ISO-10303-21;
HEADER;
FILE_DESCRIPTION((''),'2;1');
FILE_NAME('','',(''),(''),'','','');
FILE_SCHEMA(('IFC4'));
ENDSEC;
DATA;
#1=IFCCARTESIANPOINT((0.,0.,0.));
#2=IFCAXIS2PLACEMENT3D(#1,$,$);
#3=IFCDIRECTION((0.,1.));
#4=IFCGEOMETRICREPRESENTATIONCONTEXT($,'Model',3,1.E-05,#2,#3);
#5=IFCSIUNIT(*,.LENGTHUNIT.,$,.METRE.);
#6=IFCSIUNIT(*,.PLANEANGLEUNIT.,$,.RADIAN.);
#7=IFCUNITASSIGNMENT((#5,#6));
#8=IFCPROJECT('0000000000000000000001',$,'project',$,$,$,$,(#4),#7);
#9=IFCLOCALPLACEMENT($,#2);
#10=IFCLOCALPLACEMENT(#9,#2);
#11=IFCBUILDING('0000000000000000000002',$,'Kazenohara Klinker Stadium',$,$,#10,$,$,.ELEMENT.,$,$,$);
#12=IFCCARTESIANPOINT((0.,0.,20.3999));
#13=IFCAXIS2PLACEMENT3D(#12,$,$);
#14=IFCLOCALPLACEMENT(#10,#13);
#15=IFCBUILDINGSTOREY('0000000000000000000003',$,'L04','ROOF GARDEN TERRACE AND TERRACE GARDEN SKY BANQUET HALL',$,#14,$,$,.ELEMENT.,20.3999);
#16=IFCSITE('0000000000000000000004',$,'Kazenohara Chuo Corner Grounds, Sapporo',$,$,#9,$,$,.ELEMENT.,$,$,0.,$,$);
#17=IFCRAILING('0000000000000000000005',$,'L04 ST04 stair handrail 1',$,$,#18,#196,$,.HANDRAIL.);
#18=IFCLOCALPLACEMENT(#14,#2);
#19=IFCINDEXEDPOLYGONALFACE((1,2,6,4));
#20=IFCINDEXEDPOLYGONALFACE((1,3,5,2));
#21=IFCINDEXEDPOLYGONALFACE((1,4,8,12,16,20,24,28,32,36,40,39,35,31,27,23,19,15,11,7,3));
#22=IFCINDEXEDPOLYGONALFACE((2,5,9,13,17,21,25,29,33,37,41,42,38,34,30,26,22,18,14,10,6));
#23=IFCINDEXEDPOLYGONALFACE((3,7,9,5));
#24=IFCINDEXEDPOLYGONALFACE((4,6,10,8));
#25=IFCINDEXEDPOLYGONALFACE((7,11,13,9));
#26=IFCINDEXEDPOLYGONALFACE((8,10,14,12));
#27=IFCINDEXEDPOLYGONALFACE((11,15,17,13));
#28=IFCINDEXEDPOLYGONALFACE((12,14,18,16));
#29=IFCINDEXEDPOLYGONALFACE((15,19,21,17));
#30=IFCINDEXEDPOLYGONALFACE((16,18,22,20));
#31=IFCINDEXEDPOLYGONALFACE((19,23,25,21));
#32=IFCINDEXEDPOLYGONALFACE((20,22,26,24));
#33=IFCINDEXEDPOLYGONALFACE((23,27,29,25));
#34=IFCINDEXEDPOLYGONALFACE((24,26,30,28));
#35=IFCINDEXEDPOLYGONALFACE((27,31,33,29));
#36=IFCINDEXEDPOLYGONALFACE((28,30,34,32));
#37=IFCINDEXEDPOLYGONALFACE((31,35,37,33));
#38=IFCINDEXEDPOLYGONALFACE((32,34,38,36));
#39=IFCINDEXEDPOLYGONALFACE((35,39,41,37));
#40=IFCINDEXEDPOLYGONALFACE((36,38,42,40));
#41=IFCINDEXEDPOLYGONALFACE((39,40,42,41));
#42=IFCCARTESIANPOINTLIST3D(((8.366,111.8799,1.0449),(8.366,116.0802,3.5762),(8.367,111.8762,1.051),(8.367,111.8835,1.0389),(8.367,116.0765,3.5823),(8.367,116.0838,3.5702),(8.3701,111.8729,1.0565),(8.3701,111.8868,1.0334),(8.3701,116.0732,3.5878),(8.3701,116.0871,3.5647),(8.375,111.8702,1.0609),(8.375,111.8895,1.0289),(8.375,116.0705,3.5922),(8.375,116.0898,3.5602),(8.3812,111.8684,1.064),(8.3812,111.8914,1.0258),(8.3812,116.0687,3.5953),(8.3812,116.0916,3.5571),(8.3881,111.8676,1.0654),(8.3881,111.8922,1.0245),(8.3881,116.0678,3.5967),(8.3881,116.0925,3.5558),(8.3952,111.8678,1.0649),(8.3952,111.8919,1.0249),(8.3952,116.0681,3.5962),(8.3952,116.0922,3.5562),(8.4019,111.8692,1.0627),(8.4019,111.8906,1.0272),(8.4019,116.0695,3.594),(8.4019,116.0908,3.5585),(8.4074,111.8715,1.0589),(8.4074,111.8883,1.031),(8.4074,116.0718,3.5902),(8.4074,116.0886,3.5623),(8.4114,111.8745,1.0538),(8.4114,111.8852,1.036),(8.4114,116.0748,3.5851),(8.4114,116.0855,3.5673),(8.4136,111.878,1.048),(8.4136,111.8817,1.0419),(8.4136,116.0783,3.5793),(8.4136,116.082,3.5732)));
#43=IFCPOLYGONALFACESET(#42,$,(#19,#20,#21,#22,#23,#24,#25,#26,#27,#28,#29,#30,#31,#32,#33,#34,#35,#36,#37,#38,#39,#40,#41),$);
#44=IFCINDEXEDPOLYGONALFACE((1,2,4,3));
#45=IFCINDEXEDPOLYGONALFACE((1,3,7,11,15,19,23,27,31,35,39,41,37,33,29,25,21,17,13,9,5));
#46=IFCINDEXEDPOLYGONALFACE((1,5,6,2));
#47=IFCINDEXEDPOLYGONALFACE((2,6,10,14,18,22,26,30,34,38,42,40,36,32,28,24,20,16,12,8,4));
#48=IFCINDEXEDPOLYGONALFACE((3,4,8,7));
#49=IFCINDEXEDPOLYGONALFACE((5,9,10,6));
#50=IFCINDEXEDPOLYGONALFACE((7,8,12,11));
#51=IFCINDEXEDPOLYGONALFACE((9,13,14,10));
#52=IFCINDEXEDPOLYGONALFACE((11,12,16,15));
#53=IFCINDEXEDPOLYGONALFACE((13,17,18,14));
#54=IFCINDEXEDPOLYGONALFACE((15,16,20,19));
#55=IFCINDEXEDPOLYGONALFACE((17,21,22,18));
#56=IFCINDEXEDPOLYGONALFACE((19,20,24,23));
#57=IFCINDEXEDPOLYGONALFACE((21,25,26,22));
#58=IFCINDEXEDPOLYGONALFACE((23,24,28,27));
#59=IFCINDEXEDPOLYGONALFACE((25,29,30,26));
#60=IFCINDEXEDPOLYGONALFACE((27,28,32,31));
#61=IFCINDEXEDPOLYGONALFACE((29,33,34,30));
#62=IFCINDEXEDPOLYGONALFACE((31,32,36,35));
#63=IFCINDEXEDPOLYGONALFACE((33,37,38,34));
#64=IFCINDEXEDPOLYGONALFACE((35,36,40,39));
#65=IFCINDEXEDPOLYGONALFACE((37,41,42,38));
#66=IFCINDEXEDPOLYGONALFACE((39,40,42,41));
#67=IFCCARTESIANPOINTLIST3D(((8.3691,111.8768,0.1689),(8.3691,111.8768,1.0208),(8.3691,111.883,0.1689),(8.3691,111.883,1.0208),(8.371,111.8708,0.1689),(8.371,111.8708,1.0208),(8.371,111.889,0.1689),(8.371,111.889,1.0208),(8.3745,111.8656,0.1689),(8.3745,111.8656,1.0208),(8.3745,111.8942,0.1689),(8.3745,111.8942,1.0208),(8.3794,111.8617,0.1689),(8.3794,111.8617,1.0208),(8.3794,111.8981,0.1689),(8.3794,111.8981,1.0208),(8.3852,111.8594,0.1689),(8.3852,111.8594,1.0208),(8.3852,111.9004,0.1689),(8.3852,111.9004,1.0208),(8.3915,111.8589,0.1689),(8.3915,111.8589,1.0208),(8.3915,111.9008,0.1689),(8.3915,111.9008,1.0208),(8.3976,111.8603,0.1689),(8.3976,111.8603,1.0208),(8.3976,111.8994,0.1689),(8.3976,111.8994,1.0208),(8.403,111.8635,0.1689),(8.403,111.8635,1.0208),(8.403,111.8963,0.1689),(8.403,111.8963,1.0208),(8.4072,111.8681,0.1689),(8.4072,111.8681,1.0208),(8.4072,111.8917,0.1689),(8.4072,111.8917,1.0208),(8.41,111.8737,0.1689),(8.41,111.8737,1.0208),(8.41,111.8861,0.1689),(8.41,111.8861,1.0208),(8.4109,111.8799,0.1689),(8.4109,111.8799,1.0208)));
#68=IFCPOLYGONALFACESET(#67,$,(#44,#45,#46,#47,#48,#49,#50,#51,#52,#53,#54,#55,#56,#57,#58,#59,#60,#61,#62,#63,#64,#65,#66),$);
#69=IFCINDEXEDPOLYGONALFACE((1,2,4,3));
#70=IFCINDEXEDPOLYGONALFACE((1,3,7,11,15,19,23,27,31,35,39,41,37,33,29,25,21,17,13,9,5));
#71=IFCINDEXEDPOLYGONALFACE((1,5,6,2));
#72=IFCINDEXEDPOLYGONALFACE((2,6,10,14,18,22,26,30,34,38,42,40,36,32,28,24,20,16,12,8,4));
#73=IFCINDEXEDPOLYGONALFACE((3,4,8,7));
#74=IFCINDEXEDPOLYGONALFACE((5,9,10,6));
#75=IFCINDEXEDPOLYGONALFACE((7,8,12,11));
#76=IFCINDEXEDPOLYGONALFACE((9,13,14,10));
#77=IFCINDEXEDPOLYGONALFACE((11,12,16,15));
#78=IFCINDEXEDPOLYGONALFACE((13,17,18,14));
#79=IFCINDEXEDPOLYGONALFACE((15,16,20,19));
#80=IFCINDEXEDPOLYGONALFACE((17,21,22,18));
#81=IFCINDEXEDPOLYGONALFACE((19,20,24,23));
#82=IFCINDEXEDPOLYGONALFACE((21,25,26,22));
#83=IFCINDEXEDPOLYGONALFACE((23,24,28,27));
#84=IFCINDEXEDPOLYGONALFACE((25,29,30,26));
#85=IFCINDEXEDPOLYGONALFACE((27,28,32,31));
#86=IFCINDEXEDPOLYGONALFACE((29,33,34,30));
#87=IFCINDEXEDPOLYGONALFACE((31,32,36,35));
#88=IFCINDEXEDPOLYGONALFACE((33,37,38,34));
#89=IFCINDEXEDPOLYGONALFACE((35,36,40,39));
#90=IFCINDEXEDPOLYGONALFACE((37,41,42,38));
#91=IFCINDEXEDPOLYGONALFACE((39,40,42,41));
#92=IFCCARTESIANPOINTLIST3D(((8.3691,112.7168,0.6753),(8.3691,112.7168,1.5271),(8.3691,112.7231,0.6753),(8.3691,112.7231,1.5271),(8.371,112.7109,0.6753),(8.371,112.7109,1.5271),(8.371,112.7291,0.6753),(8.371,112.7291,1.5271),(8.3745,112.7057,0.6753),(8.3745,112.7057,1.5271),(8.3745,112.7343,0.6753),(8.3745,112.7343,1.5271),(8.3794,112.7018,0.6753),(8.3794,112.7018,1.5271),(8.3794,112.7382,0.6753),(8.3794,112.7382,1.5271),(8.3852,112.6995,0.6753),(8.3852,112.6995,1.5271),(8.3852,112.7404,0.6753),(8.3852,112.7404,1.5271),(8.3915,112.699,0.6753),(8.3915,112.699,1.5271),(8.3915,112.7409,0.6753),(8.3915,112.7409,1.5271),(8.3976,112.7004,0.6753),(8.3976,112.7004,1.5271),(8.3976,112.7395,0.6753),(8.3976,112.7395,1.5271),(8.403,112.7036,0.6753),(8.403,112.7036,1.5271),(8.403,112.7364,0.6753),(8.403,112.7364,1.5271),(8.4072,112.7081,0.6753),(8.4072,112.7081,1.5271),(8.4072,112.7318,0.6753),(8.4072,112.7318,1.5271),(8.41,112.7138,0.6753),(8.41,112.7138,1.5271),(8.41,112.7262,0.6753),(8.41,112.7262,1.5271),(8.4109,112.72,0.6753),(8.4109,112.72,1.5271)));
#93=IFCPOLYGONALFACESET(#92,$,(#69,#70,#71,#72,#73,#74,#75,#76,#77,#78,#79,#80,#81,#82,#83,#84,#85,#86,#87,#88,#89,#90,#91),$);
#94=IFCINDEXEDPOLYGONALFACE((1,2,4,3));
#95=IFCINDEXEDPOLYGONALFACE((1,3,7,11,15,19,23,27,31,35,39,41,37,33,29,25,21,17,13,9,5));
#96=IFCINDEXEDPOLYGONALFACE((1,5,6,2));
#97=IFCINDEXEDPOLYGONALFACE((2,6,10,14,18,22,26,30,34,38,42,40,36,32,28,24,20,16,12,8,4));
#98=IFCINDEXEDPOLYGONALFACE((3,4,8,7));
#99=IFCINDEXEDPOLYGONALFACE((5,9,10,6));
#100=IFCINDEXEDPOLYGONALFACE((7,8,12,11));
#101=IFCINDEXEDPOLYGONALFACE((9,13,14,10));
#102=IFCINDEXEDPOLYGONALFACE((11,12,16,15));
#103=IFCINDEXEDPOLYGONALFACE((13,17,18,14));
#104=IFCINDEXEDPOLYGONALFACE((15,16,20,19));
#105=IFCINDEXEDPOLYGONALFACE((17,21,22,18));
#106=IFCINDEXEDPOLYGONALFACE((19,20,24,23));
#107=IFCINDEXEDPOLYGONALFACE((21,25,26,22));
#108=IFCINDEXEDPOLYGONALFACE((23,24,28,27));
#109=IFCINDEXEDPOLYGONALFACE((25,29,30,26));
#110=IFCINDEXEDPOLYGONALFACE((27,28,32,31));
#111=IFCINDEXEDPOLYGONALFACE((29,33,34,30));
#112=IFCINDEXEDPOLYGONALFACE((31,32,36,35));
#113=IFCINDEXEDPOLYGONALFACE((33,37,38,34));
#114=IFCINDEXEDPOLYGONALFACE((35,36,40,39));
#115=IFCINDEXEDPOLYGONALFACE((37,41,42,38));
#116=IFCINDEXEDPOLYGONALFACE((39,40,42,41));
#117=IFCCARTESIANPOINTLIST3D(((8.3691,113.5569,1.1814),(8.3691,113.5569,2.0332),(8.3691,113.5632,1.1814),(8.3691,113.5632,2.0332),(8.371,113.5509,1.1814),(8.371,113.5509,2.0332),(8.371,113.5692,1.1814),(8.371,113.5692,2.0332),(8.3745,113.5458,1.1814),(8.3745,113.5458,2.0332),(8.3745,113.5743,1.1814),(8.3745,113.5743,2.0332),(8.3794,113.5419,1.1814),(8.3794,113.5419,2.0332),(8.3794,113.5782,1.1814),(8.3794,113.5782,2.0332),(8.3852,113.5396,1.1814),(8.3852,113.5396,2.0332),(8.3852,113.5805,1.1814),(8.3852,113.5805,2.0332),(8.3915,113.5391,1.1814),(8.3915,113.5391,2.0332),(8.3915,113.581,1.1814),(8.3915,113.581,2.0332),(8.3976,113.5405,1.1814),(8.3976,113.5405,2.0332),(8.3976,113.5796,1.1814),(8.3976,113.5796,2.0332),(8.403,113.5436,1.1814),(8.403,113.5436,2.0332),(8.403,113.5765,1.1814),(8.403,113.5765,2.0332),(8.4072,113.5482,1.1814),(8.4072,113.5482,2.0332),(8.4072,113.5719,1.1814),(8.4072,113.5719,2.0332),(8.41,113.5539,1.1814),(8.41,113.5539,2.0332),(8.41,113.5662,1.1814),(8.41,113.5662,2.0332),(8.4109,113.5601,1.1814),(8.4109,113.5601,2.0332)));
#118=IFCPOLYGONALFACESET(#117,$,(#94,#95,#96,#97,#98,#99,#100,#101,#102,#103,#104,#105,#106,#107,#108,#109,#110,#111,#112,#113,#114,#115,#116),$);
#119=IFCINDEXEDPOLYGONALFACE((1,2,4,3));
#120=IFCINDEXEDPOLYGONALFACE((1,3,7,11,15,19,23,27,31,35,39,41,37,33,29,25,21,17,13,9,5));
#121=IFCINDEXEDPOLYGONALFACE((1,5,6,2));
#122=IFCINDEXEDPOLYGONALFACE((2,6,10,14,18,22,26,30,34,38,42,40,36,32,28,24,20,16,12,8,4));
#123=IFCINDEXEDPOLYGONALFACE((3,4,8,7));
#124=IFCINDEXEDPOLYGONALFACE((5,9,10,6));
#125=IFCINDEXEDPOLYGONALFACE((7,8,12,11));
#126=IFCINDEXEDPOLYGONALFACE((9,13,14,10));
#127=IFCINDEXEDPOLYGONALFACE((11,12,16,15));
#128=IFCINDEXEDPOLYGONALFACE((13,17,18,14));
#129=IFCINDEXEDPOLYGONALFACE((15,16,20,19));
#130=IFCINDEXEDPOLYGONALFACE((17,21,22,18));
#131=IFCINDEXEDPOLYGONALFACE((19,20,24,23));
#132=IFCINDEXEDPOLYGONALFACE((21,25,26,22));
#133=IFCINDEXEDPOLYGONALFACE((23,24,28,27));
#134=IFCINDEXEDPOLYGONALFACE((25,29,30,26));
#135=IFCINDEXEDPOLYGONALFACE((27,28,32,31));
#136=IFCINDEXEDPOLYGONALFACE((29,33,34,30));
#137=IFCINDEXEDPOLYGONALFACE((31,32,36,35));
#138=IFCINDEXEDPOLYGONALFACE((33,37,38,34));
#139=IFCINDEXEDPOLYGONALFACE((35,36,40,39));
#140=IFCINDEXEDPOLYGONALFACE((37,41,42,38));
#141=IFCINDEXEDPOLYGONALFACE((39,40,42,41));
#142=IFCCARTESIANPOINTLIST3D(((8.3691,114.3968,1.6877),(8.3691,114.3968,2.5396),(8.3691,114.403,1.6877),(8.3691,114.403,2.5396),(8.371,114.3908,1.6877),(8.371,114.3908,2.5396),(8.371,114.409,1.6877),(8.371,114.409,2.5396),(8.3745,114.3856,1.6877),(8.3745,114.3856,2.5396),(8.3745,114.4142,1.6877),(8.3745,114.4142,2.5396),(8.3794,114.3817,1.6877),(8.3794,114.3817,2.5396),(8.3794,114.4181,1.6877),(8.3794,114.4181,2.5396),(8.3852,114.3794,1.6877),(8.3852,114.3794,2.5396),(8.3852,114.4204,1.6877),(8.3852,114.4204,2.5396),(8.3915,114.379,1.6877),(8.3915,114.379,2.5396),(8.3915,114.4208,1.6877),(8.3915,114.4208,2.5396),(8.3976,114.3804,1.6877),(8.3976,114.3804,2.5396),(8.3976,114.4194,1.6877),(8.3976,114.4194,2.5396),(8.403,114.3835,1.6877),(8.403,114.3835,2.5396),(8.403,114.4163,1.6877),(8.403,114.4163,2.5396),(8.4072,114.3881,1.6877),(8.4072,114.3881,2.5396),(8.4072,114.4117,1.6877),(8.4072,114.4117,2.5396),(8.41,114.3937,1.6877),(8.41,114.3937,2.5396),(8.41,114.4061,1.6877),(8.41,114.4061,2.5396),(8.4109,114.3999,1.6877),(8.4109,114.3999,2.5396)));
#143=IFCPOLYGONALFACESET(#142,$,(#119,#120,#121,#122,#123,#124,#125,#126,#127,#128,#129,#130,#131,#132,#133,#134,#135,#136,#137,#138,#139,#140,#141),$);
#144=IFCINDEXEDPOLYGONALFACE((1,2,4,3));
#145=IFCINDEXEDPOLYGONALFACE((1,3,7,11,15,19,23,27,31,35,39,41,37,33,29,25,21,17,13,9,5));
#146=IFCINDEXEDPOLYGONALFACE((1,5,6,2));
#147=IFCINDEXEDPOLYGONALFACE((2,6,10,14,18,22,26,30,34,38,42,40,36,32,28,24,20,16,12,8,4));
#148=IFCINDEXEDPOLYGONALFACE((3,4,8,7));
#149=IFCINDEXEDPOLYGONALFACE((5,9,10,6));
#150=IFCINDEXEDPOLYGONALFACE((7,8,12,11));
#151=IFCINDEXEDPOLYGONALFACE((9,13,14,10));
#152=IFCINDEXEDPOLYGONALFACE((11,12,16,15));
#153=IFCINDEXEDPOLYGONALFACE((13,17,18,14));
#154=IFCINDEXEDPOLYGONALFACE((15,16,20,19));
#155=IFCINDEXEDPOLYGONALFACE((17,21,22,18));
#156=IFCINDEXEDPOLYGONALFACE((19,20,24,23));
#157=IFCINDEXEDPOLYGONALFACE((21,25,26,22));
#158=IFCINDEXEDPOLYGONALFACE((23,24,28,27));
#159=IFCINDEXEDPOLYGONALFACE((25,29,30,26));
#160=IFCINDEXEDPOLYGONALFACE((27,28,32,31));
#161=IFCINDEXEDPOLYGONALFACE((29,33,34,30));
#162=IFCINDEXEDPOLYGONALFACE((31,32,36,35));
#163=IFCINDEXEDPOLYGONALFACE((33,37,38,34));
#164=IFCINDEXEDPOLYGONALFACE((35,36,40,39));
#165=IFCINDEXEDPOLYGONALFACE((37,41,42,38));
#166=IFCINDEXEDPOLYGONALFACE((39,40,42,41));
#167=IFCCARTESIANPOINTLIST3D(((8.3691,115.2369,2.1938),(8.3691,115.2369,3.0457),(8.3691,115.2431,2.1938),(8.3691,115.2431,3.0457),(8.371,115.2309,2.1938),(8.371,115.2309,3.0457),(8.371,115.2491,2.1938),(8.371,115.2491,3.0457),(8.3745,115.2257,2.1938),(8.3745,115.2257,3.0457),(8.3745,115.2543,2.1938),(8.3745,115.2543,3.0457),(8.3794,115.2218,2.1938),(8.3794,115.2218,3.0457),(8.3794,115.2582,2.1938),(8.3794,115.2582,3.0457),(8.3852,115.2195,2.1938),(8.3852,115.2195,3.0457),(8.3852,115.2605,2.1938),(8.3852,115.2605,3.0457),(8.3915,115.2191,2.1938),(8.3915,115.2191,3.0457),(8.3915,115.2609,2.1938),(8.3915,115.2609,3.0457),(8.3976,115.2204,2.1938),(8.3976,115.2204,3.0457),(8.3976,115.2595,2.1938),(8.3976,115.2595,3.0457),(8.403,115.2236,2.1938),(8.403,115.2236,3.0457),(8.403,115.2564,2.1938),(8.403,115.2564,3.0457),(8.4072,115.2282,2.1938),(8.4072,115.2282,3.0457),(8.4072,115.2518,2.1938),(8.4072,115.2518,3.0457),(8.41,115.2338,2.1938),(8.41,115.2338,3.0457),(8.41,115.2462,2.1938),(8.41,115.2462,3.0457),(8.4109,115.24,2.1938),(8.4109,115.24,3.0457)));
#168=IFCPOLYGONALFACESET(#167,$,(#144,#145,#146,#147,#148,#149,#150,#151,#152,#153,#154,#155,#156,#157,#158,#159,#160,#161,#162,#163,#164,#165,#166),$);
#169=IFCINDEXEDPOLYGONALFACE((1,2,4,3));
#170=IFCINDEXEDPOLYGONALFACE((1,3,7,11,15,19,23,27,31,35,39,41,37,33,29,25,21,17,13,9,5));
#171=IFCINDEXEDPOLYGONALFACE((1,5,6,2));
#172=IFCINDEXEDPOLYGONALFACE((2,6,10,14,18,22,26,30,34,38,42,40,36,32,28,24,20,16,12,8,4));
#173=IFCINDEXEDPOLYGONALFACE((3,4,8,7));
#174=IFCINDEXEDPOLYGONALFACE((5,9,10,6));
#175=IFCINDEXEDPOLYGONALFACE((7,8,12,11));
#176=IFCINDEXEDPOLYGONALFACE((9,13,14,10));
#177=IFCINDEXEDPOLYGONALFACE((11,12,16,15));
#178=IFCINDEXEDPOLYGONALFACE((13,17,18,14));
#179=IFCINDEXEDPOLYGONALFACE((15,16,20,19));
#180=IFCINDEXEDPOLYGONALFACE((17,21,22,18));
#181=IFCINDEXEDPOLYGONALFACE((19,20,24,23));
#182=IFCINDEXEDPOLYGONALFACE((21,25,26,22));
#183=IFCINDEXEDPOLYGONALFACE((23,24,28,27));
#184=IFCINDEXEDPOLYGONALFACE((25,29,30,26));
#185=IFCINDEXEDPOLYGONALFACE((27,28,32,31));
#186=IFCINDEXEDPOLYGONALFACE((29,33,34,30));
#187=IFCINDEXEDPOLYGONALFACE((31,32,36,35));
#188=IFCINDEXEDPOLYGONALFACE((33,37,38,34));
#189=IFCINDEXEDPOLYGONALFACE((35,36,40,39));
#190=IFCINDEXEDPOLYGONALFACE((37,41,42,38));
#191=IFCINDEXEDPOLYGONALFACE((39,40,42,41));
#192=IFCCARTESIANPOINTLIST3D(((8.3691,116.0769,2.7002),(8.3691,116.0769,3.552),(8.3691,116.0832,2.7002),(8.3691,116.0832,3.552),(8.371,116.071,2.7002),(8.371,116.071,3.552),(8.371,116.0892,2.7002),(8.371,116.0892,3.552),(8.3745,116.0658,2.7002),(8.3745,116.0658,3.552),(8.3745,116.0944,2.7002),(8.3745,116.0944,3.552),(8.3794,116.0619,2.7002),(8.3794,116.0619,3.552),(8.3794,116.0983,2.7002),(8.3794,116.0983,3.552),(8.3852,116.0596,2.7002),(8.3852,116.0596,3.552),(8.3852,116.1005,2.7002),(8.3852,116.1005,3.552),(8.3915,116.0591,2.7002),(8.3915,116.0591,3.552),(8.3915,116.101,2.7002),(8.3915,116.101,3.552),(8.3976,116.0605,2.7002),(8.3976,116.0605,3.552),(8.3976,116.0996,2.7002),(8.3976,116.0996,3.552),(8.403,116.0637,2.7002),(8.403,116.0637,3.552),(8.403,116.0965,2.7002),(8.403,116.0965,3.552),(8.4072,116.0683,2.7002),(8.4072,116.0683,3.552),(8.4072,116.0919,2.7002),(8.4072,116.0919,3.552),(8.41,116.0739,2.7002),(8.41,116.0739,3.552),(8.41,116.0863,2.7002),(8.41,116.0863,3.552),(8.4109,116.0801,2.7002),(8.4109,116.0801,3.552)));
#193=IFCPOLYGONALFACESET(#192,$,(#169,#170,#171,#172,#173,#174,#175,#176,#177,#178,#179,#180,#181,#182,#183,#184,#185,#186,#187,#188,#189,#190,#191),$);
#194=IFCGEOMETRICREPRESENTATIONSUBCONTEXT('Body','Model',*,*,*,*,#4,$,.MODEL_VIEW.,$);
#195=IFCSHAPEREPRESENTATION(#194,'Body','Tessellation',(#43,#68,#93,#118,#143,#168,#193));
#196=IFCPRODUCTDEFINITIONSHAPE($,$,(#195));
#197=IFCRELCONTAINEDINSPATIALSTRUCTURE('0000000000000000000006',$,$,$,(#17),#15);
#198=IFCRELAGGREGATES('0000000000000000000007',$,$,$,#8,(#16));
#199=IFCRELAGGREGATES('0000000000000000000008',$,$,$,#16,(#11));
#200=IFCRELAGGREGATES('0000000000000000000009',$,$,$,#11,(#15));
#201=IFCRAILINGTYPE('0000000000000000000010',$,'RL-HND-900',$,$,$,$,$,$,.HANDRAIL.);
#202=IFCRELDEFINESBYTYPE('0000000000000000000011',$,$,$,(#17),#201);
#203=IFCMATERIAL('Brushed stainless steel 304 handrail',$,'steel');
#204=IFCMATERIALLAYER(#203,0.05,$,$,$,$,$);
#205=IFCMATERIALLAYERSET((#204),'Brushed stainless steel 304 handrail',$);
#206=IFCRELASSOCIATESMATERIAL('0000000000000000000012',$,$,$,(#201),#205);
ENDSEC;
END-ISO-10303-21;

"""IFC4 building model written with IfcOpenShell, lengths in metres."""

from ifc_helpers import new_model, si_unit, direction, frame, origin, origin_2d, place, context, subcontext, project, spatial, circle, extrude, material, layer, layer_set, type_object, element, save


model = new_model("IFC4")

# Units and contexts
model_context = context("Model", 3, precision=1e-05, world=origin(), true_north=direction((0.0, 1.0)))
body_context = subcontext(model_context, "Body", "Model", "MODEL_VIEW")
ifc_project = project(units=[si_unit("LENGTHUNIT", "METRE"), si_unit("PLANEANGLEUNIT", "RADIAN")], contexts=[model_context])

# Site, building, storey
site_placement = place(None, origin())
site = spatial("IfcSite", under=ifc_project, at=site_placement, Name="Kazenohara Chuo Corner Grounds, Sapporo", CompositionType="ELEMENT", RefElevation=0.0)
building_placement = place(site_placement, origin())
building = spatial("IfcBuilding", under=site, at=building_placement, Name="Kazenohara Klinker Stadium", CompositionType="ELEMENT")
storey_placement = place(building_placement, frame((0.0, 0.0, 20.3999)))
storey = spatial("IfcBuildingStorey", under=building, at=storey_placement, Name="L04", Description="ROOF GARDEN TERRACE AND TERRACE GARDEN SKY BANQUET HALL", CompositionType="ELEMENT", Elevation=20.3999)

# Railing
ifc_material_1 = material(Name="Brushed stainless steel 304 handrail", Category="steel")
ifc_layer_1 = layer(ifc_material_1, 0.05)
ifc_layer_set_1 = layer_set([ifc_layer_1], Name="Brushed stainless steel 304 handrail")
railing_type_1 = type_object("IfcRailingType", Name="RL-HND-900", PredefinedType="HANDRAIL", material=ifc_layer_set_1)
railing_1_placement = place(storey_placement, frame((8.3899, 111.8799, 0.1689)))
element("IfcRailing", 1, at=railing_1_placement, inside=storey, type_object=railing_type_1, Name="L04 ST04 stair handrail 1", PredefinedType="HANDRAIL", context=body_context, shape_type="SweptSolid", body=[
    extrude(circle(Radius=0.0239, at=origin_2d()), frame((0.0, 0.0, 0.876), z_axis=(0.0, 0.85649, 0.516164), x_axis=(-1.0, 0.0, 0.0)), (0.0, 0.0, 1.0), 4.9041),
    extrude(circle(Radius=0.021, at=origin_2d()), origin(), (0.0, 0.0, 1.0), 0.8518),
    extrude(circle(Radius=0.021, at=origin_2d()), frame((0.0, 0.8401, 0.5063)), (0.0, 0.0, 1.0), 0.8518),
    extrude(circle(Radius=0.021, at=origin_2d()), frame((0.0, 1.6802, 1.0125)), (0.0, 0.0, 1.0), 0.8518),
    extrude(circle(Radius=0.021, at=origin_2d()), frame((0.0, 2.52, 1.5188)), (0.0, 0.0, 1.0), 0.8518),
    extrude(circle(Radius=0.021, at=origin_2d()), frame((0.0, 3.3601, 2.0249)), (0.0, 0.0, 1.0), 0.8518),
    extrude(circle(Radius=0.021, at=origin_2d()), frame((0.0, 4.2002, 2.5312)), (0.0, 0.0, 1.0), 0.8518),
])

save(model, "model.ifc")
